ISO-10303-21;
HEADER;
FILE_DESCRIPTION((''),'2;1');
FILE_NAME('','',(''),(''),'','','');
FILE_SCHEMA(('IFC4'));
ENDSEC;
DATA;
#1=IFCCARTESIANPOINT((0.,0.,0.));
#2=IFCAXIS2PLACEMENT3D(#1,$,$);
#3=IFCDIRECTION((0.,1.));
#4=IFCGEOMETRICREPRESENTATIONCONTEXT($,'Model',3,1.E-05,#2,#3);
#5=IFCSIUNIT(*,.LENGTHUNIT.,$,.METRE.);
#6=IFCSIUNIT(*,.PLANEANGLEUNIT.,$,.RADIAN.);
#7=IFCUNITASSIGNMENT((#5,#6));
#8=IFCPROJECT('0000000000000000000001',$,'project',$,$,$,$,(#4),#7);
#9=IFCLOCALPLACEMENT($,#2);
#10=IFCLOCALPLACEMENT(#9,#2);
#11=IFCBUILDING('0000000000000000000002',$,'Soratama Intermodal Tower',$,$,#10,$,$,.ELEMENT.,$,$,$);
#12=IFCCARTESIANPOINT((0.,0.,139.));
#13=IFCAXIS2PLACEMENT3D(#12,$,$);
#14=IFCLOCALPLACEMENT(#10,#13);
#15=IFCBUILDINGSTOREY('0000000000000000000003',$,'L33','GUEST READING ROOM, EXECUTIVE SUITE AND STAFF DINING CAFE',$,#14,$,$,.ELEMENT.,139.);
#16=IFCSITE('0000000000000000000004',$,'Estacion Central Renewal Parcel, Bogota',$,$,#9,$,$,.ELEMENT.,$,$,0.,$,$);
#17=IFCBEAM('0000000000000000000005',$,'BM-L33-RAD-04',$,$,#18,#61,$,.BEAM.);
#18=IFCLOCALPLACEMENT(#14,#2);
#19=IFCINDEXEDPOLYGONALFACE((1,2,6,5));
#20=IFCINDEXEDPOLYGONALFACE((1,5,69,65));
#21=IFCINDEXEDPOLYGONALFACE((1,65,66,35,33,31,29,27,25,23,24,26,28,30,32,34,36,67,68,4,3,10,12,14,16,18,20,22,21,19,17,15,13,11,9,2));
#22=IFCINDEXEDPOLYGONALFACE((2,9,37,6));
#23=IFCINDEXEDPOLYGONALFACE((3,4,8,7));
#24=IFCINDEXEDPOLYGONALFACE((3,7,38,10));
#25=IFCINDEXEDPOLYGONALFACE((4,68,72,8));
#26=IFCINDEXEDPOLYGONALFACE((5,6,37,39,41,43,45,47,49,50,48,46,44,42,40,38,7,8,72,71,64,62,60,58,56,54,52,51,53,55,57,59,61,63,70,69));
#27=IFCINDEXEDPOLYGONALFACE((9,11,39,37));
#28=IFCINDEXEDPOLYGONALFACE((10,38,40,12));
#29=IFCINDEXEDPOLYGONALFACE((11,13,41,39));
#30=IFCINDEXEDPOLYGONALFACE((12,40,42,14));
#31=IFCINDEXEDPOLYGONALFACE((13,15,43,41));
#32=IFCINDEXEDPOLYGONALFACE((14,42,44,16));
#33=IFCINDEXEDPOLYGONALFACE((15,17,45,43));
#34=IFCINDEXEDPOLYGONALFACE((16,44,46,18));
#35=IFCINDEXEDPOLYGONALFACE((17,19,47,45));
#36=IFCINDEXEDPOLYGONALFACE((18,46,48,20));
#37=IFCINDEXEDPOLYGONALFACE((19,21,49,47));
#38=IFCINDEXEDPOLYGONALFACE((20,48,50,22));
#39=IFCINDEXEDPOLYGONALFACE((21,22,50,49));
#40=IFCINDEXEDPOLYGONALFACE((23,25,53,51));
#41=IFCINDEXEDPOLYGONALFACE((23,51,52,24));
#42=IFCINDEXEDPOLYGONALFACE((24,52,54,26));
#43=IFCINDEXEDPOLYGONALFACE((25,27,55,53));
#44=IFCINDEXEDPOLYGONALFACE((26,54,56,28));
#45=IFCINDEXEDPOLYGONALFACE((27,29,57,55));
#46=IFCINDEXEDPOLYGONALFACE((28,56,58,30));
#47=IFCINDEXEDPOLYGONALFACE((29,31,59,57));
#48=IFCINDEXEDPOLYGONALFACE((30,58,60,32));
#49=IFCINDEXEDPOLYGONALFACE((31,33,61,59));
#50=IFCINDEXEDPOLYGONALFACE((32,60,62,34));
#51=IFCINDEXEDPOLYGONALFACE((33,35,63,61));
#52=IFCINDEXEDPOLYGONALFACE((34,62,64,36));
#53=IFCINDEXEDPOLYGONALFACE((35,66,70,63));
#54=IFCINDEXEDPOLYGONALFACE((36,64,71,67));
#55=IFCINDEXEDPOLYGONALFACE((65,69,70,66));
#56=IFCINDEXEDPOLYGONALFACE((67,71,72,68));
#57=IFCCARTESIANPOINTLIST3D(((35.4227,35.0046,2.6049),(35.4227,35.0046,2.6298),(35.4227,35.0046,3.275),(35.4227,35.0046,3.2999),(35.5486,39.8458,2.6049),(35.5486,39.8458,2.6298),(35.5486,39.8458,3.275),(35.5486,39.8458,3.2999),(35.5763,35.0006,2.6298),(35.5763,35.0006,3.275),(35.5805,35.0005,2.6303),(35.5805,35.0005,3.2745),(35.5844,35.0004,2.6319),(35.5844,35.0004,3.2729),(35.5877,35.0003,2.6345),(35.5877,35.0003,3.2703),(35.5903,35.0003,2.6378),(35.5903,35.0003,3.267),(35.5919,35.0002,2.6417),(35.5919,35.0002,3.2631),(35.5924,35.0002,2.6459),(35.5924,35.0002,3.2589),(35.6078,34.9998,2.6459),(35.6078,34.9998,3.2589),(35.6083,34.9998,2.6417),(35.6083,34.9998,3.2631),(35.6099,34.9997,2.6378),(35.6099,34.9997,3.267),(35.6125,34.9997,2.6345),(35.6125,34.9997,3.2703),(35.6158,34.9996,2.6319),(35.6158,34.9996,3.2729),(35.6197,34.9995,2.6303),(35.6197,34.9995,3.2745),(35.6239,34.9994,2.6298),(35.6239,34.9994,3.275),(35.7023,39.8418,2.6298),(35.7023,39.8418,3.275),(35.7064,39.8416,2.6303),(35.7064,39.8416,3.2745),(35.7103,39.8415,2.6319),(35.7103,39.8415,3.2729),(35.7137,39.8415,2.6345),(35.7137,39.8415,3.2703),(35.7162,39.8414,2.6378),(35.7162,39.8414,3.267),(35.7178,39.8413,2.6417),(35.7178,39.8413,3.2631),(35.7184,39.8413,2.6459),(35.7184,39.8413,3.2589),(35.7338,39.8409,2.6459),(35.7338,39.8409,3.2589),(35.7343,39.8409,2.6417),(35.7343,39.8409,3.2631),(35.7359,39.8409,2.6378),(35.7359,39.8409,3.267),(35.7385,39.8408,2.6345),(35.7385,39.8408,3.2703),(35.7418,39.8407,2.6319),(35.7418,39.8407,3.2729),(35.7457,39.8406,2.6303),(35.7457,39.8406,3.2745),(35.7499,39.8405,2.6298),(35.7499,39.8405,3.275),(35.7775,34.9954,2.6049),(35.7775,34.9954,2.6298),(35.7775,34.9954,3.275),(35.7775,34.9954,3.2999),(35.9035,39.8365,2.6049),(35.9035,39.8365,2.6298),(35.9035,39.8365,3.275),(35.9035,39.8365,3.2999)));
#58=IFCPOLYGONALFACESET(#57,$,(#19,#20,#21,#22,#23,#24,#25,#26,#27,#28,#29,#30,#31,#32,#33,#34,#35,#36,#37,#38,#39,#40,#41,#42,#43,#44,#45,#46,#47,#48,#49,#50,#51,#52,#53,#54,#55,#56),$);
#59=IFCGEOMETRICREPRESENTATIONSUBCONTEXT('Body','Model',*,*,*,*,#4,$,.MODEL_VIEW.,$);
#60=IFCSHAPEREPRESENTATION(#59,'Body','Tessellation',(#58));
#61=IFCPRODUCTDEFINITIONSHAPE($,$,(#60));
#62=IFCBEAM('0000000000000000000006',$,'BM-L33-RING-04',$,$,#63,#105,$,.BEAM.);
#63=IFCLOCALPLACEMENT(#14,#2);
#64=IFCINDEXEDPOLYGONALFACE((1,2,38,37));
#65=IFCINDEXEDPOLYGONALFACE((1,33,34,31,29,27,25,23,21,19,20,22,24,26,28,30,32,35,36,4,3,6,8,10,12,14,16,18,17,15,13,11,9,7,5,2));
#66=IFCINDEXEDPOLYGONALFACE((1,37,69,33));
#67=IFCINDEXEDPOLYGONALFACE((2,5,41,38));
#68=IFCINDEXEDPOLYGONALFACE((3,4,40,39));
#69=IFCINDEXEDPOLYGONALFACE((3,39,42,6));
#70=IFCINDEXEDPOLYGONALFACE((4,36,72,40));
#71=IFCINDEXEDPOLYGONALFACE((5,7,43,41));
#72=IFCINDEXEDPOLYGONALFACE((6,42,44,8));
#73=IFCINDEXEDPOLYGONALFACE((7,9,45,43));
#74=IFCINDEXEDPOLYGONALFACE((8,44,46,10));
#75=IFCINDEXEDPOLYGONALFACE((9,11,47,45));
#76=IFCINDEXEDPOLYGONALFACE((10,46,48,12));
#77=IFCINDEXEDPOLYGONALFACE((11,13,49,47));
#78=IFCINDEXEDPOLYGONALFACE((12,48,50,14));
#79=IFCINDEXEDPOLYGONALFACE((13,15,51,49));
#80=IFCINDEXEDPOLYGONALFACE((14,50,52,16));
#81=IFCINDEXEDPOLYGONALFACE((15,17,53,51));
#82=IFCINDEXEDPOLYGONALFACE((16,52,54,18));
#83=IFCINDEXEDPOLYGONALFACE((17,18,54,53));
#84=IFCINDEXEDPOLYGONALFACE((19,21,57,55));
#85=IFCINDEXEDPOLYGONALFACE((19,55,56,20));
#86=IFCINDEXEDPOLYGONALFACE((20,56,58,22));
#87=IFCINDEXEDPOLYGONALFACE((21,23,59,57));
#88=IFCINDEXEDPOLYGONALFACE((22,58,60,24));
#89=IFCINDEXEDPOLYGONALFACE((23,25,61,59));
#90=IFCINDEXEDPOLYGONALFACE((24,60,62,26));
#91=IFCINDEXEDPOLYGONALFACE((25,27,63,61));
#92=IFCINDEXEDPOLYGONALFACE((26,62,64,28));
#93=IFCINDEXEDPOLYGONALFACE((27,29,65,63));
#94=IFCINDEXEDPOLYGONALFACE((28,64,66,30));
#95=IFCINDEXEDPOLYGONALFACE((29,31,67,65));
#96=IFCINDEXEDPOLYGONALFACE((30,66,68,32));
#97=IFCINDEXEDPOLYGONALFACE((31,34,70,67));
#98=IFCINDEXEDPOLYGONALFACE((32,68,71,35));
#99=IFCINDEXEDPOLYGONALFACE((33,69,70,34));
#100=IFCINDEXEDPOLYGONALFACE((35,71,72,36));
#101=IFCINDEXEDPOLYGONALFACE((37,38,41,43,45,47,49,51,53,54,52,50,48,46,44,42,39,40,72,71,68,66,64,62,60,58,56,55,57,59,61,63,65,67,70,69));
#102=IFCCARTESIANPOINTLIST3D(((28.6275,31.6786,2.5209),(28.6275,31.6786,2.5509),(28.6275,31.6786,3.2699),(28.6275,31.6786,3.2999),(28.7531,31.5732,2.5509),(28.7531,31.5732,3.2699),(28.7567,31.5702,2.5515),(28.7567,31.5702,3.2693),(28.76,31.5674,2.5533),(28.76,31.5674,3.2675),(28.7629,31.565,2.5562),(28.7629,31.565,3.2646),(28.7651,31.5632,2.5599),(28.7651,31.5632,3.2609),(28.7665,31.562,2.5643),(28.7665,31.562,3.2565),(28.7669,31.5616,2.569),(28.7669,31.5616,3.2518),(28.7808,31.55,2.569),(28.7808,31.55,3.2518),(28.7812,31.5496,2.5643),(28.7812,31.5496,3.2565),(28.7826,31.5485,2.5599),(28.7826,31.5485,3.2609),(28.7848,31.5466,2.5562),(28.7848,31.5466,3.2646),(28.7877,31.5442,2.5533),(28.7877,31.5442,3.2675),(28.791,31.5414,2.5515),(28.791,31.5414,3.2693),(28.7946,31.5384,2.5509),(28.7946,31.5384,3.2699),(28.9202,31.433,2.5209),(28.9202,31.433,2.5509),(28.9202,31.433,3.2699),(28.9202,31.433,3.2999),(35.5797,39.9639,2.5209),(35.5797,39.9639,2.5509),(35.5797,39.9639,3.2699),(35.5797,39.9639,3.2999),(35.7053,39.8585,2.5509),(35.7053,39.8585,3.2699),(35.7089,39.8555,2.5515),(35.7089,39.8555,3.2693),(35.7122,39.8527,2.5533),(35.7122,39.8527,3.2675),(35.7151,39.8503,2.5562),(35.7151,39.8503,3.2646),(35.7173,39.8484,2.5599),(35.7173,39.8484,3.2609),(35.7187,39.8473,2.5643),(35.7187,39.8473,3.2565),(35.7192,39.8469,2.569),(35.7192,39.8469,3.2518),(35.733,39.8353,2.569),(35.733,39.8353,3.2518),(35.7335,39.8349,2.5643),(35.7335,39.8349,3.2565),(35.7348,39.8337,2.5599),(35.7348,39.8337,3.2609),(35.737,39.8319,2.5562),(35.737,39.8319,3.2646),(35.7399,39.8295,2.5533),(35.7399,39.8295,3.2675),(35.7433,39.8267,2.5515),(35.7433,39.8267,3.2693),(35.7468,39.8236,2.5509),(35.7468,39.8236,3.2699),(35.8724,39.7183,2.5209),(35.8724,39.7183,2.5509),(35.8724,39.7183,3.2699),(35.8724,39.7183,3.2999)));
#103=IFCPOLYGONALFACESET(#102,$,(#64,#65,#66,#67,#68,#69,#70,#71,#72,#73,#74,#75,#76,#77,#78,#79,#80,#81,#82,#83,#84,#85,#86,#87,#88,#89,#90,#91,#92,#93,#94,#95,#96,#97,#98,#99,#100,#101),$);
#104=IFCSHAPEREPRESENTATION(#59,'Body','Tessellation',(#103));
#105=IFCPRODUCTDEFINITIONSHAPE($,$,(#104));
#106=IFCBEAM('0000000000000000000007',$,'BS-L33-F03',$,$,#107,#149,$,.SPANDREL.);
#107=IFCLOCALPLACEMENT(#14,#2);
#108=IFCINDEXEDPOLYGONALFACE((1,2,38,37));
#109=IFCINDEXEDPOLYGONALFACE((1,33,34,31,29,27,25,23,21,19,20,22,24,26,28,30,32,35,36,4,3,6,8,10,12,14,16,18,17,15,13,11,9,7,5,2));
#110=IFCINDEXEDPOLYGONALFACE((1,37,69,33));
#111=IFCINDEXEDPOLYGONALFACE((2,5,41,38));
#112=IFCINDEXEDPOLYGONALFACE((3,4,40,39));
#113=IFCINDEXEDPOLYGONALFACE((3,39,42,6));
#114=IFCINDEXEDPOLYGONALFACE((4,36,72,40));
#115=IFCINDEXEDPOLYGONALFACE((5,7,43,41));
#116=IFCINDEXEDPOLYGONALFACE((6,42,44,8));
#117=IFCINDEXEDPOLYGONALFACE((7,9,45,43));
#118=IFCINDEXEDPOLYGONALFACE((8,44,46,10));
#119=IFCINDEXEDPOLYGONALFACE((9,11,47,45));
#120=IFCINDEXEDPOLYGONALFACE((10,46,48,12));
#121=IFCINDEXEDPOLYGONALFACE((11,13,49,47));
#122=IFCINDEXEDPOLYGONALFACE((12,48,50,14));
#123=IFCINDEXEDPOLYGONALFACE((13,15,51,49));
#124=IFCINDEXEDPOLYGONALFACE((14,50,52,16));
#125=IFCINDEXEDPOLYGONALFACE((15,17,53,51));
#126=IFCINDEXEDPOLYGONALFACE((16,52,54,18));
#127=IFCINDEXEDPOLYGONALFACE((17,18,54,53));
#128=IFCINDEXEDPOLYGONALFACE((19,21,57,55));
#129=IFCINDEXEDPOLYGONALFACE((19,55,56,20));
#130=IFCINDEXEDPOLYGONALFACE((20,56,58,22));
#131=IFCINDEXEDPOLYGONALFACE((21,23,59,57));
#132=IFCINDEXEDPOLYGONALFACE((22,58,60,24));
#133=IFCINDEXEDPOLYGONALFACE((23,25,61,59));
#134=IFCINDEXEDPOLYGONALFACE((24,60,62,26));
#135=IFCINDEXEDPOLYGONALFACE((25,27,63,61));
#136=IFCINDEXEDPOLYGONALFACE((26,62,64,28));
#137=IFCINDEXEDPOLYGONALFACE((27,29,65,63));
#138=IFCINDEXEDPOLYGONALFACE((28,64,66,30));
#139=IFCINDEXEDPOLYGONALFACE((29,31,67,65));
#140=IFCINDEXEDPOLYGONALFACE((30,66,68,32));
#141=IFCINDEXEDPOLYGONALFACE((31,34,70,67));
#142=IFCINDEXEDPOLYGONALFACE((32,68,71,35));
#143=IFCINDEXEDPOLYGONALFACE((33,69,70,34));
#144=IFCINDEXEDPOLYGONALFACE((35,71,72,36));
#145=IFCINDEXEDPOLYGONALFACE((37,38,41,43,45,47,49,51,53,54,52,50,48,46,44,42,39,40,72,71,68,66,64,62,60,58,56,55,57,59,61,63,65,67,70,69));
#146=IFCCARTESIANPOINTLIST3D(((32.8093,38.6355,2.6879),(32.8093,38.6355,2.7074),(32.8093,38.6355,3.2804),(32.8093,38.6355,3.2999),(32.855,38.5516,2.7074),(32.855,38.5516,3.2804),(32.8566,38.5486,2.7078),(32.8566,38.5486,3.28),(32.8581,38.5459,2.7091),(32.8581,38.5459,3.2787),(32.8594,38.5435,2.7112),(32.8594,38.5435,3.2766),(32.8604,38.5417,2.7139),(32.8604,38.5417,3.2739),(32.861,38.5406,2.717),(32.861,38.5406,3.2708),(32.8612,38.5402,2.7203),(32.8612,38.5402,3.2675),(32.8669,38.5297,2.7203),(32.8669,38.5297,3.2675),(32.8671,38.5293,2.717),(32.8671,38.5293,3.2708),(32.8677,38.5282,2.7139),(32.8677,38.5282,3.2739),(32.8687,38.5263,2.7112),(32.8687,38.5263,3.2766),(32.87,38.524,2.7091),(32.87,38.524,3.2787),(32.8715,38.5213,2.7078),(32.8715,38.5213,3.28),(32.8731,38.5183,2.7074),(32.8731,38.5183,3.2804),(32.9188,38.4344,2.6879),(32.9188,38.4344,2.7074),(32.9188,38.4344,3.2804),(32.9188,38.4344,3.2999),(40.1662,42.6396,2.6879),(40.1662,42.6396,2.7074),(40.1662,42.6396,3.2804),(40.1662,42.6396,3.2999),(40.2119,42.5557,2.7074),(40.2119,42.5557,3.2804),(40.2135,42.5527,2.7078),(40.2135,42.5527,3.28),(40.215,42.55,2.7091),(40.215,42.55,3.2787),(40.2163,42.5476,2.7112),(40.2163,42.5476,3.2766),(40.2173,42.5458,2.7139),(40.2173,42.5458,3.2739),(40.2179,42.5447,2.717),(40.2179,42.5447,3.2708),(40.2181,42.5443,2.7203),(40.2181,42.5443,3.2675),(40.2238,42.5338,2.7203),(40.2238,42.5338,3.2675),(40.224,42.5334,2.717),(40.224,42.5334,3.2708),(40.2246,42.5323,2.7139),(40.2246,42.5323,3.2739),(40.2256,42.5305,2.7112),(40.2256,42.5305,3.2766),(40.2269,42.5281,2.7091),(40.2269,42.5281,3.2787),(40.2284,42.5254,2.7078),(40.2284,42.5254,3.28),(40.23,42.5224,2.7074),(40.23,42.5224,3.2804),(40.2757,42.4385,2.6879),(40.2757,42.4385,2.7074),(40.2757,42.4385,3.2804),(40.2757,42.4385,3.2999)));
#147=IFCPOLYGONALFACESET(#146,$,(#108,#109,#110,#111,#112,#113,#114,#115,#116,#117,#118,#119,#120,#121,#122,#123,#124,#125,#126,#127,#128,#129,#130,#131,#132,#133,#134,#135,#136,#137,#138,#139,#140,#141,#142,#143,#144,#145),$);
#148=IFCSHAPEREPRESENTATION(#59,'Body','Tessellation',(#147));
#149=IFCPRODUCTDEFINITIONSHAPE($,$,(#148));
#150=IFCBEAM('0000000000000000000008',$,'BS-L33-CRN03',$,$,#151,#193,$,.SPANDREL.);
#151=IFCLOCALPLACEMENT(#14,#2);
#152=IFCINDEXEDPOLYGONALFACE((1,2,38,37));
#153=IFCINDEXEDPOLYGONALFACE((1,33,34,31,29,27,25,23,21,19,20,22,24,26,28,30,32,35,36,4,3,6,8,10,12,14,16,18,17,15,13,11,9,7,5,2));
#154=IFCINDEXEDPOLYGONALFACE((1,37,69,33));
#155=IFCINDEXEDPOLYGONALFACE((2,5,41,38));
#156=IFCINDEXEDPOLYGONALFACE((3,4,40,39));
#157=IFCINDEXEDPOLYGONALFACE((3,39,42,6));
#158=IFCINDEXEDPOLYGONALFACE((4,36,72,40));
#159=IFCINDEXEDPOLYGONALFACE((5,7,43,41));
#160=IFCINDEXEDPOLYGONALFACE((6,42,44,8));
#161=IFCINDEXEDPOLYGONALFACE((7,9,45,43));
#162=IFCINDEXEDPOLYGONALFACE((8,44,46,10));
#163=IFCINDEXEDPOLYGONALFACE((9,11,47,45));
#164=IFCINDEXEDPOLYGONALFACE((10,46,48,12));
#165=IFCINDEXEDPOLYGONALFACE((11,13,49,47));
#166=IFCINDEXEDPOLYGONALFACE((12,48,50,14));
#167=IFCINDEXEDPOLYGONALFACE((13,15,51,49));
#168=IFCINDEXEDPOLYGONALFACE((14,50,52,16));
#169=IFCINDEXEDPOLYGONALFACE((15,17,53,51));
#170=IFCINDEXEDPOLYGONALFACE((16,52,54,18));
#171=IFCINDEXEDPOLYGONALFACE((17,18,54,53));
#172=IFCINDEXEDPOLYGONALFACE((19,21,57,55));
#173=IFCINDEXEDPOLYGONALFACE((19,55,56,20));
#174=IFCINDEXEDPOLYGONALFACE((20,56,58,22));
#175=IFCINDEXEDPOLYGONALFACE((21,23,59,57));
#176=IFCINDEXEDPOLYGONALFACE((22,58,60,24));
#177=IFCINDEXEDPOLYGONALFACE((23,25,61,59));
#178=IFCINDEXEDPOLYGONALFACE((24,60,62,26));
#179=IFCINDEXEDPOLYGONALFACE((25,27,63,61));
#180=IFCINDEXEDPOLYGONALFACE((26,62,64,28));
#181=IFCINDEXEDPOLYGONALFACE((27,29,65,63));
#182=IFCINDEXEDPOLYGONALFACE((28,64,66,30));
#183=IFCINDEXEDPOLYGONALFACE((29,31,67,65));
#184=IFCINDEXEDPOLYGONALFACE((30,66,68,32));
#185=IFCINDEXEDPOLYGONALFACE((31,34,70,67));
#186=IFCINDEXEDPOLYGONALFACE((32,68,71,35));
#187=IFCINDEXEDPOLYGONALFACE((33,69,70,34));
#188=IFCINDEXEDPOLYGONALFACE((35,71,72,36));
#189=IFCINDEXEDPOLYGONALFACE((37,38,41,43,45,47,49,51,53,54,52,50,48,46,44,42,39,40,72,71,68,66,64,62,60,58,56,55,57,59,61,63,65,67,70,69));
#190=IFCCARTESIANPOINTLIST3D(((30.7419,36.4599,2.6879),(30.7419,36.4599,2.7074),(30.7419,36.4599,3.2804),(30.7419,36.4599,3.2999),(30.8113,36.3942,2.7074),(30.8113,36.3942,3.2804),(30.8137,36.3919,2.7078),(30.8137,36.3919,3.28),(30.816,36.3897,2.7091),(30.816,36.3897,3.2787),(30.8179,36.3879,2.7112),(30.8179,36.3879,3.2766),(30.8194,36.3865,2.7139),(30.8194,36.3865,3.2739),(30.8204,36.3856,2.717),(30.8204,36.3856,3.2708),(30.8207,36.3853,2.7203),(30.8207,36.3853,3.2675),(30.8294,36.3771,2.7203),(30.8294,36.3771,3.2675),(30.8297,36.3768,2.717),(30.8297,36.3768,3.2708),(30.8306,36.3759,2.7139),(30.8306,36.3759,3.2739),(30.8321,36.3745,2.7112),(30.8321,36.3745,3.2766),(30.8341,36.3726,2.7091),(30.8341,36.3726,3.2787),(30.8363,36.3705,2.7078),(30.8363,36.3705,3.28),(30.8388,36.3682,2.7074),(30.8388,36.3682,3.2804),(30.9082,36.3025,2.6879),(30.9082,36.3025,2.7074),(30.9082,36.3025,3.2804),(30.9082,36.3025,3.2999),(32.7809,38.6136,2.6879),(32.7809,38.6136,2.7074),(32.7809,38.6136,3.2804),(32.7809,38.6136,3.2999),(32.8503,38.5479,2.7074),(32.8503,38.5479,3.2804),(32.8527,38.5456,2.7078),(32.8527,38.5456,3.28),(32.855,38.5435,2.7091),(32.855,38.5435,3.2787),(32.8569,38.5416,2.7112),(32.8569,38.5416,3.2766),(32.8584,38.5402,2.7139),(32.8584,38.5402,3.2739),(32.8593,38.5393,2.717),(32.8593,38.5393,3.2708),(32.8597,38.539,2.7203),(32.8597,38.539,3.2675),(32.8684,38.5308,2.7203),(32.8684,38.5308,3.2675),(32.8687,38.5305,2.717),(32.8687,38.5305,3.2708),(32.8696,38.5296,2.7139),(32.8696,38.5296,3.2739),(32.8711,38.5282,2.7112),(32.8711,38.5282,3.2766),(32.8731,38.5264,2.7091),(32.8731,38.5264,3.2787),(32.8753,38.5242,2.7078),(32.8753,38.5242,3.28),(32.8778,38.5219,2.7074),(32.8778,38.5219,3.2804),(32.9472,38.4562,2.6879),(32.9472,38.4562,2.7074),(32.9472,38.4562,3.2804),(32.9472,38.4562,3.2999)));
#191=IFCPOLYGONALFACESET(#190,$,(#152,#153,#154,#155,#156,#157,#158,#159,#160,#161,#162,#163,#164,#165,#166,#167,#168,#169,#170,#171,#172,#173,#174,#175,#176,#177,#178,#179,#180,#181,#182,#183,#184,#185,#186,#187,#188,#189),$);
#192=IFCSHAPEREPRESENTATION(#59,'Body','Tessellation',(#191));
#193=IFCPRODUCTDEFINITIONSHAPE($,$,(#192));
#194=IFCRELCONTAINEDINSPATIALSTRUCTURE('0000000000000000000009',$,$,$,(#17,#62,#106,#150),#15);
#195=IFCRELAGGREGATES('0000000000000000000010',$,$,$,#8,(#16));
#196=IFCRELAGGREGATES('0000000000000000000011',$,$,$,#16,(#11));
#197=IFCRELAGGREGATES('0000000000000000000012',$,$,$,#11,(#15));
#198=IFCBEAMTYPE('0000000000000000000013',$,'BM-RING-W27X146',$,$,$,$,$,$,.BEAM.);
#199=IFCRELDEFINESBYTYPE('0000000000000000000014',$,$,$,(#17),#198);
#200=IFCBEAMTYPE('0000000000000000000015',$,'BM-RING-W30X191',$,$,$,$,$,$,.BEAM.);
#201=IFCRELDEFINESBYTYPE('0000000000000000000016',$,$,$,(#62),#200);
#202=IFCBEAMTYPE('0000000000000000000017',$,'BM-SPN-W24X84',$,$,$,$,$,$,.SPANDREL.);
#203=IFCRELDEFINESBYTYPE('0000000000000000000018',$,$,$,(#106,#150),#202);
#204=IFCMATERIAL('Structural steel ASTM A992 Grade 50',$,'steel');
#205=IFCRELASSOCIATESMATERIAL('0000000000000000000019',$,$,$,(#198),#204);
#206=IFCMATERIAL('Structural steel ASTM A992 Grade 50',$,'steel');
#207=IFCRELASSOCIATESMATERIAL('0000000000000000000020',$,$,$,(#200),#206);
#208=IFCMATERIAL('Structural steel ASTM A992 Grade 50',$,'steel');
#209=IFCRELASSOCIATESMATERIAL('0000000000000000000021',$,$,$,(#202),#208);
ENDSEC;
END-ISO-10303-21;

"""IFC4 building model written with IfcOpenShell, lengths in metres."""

from ifc_helpers import new_model, si_unit, direction, frame, origin, origin_2d, place, context, subcontext, project, spatial, i_section, extrude, material, material_profile, profile_set, type_object, element, save


model = new_model("IFC4")

# Units and contexts
model_context = context("Model", 3, precision=1e-05, world=origin(), true_north=direction((0.0, 1.0)))
body_context = subcontext(model_context, "Body", "Model", "MODEL_VIEW")
ifc_project = project(units=[si_unit("LENGTHUNIT", "METRE"), si_unit("PLANEANGLEUNIT", "RADIAN")], contexts=[model_context])

# Site, building, storey
site_placement = place(None, origin())
site = spatial("IfcSite", under=ifc_project, at=site_placement, Name="Estacion Central Renewal Parcel, Bogota", CompositionType="ELEMENT", RefElevation=0.0)
building_placement = place(site_placement, origin())
building = spatial("IfcBuilding", under=site, at=building_placement, Name="Soratama Intermodal Tower", CompositionType="ELEMENT")
storey_placement = place(building_placement, frame((0.0, 0.0, 139.0)))
storey = spatial("IfcBuildingStorey", under=building, at=storey_placement, Name="L33", Description="GUEST READING ROOM, EXECUTIVE SUITE AND STAFF DINING CAFE", CompositionType="ELEMENT", Elevation=139.0)

# Beams
ifc_material_1 = material(Name="Structural steel ASTM A992 Grade 50", Category="steel")
ifc_material_profile_1 = material_profile(ifc_material_1, i_section(OverallWidth=0.355, OverallDepth=0.6951, WebThickness=0.0154, FlangeThickness=0.0249, FilletRadius=0.0161, at=origin_2d()), Name="W27X146")
ifc_profile_set_1 = profile_set([ifc_material_profile_1], Name="Structural steel ASTM A992 Grade 50")
beam_type_1 = type_object("IfcBeamType", Name="BM-RING-W27X146", PredefinedType="BEAM", material=ifc_profile_set_1)
beam_1_placement = place(storey_placement, frame((35.6001, 35.0, 2.9524), z_axis=(0.026014, 0.999662, 0.0), x_axis=(-0.999662, 0.026014, 0.0)))
element("IfcBeam", 1, at=beam_1_placement, inside=storey, type_object=beam_type_1, Name="BM-L33-RAD-04", PredefinedType="BEAM", context=body_context, shape_type="SweptSolid", body=[
    extrude(i_section(OverallWidth=0.355, OverallDepth=0.6951, WebThickness=0.0154, FlangeThickness=0.0249, FilletRadius=0.0161, at=origin_2d()), origin(), (0.0, 0.0, 1.0), 4.8428),
])
ifc_material_2 = material(Name="Structural steel ASTM A992 Grade 50", Category="steel")
ifc_material_profile_2 = material_profile(ifc_material_2, i_section(OverallWidth=0.3821, OverallDepth=0.7791, WebThickness=0.0181, FlangeThickness=0.03, FilletRadius=0.0181, at=origin_2d()), Name="W30X191")
ifc_profile_set_2 = profile_set([ifc_material_profile_2], Name="Structural steel ASTM A992 Grade 50")
beam_type_2 = type_object("IfcBeamType", Name="BM-RING-W30X191", PredefinedType="BEAM", material=ifc_profile_set_2)
beam_2_placement = place(storey_placement, frame((35.7261, 39.8411, 2.9104), z_axis=(-0.642792, -0.766041, 0.0), x_axis=(0.766041, -0.642792, 0.0)))
element("IfcBeam", 2, at=beam_2_placement, inside=storey, type_object=beam_type_2, Name="BM-L33-RING-04", PredefinedType="BEAM", context=body_context, shape_type="SweptSolid", body=[
    extrude(i_section(OverallWidth=0.3821, OverallDepth=0.7791, WebThickness=0.0181, FlangeThickness=0.03, FilletRadius=0.0181, at=origin_2d()), origin(), (0.0, 0.0, 1.0), 10.8157),
])
ifc_material_3 = material(Name="Structural steel ASTM A992 Grade 50", Category="steel")
ifc_material_profile_3 = material_profile(ifc_material_3, i_section(OverallWidth=0.229, OverallDepth=0.6121, WebThickness=0.012, FlangeThickness=0.0195, FilletRadius=0.0129, at=origin_2d()), Name="W24X84")
ifc_profile_set_3 = profile_set([ifc_material_profile_3], Name="Structural steel ASTM A992 Grade 50")
beam_type_3 = type_object("IfcBeamType", Name="BM-SPN-W24X84", PredefinedType="SPANDREL", material=ifc_profile_set_3)
beam_3_placement = place(storey_placement, frame((40.2209, 42.5391, 2.9939), z_axis=(-0.878333, -0.478049, 0.0), x_axis=(0.478049, -0.878333, 0.0)))
element("IfcBeam", 3, at=beam_3_placement, inside=storey, type_object=beam_type_3, Name="BS-L33-F03", PredefinedType="SPANDREL", context=body_context, shape_type="SweptSolid", body=[
    extrude(i_section(OverallWidth=0.229, OverallDepth=0.6121, WebThickness=0.012, FlangeThickness=0.0195, FilletRadius=0.0129, at=origin_2d()), origin(), (0.0, 0.0, 1.0), 8.376),
])
beam_4_placement = place(storey_placement, frame((32.864, 38.5349, 2.9939), z_axis=(-0.687498, -0.726186, 0.0), x_axis=(0.726186, -0.687498, 0.0)))
element("IfcBeam", 4, at=beam_4_placement, inside=storey, type_object=beam_type_3, Name="BS-L33-CRN03", PredefinedType="SPANDREL", context=body_context, shape_type="SweptSolid", body=[
    extrude(i_section(OverallWidth=0.229, OverallDepth=0.6121, WebThickness=0.012, FlangeThickness=0.0195, FilletRadius=0.0129, at=origin_2d()), origin(), (0.0, 0.0, 1.0), 2.9658),
])

save(model, "model.ifc")
